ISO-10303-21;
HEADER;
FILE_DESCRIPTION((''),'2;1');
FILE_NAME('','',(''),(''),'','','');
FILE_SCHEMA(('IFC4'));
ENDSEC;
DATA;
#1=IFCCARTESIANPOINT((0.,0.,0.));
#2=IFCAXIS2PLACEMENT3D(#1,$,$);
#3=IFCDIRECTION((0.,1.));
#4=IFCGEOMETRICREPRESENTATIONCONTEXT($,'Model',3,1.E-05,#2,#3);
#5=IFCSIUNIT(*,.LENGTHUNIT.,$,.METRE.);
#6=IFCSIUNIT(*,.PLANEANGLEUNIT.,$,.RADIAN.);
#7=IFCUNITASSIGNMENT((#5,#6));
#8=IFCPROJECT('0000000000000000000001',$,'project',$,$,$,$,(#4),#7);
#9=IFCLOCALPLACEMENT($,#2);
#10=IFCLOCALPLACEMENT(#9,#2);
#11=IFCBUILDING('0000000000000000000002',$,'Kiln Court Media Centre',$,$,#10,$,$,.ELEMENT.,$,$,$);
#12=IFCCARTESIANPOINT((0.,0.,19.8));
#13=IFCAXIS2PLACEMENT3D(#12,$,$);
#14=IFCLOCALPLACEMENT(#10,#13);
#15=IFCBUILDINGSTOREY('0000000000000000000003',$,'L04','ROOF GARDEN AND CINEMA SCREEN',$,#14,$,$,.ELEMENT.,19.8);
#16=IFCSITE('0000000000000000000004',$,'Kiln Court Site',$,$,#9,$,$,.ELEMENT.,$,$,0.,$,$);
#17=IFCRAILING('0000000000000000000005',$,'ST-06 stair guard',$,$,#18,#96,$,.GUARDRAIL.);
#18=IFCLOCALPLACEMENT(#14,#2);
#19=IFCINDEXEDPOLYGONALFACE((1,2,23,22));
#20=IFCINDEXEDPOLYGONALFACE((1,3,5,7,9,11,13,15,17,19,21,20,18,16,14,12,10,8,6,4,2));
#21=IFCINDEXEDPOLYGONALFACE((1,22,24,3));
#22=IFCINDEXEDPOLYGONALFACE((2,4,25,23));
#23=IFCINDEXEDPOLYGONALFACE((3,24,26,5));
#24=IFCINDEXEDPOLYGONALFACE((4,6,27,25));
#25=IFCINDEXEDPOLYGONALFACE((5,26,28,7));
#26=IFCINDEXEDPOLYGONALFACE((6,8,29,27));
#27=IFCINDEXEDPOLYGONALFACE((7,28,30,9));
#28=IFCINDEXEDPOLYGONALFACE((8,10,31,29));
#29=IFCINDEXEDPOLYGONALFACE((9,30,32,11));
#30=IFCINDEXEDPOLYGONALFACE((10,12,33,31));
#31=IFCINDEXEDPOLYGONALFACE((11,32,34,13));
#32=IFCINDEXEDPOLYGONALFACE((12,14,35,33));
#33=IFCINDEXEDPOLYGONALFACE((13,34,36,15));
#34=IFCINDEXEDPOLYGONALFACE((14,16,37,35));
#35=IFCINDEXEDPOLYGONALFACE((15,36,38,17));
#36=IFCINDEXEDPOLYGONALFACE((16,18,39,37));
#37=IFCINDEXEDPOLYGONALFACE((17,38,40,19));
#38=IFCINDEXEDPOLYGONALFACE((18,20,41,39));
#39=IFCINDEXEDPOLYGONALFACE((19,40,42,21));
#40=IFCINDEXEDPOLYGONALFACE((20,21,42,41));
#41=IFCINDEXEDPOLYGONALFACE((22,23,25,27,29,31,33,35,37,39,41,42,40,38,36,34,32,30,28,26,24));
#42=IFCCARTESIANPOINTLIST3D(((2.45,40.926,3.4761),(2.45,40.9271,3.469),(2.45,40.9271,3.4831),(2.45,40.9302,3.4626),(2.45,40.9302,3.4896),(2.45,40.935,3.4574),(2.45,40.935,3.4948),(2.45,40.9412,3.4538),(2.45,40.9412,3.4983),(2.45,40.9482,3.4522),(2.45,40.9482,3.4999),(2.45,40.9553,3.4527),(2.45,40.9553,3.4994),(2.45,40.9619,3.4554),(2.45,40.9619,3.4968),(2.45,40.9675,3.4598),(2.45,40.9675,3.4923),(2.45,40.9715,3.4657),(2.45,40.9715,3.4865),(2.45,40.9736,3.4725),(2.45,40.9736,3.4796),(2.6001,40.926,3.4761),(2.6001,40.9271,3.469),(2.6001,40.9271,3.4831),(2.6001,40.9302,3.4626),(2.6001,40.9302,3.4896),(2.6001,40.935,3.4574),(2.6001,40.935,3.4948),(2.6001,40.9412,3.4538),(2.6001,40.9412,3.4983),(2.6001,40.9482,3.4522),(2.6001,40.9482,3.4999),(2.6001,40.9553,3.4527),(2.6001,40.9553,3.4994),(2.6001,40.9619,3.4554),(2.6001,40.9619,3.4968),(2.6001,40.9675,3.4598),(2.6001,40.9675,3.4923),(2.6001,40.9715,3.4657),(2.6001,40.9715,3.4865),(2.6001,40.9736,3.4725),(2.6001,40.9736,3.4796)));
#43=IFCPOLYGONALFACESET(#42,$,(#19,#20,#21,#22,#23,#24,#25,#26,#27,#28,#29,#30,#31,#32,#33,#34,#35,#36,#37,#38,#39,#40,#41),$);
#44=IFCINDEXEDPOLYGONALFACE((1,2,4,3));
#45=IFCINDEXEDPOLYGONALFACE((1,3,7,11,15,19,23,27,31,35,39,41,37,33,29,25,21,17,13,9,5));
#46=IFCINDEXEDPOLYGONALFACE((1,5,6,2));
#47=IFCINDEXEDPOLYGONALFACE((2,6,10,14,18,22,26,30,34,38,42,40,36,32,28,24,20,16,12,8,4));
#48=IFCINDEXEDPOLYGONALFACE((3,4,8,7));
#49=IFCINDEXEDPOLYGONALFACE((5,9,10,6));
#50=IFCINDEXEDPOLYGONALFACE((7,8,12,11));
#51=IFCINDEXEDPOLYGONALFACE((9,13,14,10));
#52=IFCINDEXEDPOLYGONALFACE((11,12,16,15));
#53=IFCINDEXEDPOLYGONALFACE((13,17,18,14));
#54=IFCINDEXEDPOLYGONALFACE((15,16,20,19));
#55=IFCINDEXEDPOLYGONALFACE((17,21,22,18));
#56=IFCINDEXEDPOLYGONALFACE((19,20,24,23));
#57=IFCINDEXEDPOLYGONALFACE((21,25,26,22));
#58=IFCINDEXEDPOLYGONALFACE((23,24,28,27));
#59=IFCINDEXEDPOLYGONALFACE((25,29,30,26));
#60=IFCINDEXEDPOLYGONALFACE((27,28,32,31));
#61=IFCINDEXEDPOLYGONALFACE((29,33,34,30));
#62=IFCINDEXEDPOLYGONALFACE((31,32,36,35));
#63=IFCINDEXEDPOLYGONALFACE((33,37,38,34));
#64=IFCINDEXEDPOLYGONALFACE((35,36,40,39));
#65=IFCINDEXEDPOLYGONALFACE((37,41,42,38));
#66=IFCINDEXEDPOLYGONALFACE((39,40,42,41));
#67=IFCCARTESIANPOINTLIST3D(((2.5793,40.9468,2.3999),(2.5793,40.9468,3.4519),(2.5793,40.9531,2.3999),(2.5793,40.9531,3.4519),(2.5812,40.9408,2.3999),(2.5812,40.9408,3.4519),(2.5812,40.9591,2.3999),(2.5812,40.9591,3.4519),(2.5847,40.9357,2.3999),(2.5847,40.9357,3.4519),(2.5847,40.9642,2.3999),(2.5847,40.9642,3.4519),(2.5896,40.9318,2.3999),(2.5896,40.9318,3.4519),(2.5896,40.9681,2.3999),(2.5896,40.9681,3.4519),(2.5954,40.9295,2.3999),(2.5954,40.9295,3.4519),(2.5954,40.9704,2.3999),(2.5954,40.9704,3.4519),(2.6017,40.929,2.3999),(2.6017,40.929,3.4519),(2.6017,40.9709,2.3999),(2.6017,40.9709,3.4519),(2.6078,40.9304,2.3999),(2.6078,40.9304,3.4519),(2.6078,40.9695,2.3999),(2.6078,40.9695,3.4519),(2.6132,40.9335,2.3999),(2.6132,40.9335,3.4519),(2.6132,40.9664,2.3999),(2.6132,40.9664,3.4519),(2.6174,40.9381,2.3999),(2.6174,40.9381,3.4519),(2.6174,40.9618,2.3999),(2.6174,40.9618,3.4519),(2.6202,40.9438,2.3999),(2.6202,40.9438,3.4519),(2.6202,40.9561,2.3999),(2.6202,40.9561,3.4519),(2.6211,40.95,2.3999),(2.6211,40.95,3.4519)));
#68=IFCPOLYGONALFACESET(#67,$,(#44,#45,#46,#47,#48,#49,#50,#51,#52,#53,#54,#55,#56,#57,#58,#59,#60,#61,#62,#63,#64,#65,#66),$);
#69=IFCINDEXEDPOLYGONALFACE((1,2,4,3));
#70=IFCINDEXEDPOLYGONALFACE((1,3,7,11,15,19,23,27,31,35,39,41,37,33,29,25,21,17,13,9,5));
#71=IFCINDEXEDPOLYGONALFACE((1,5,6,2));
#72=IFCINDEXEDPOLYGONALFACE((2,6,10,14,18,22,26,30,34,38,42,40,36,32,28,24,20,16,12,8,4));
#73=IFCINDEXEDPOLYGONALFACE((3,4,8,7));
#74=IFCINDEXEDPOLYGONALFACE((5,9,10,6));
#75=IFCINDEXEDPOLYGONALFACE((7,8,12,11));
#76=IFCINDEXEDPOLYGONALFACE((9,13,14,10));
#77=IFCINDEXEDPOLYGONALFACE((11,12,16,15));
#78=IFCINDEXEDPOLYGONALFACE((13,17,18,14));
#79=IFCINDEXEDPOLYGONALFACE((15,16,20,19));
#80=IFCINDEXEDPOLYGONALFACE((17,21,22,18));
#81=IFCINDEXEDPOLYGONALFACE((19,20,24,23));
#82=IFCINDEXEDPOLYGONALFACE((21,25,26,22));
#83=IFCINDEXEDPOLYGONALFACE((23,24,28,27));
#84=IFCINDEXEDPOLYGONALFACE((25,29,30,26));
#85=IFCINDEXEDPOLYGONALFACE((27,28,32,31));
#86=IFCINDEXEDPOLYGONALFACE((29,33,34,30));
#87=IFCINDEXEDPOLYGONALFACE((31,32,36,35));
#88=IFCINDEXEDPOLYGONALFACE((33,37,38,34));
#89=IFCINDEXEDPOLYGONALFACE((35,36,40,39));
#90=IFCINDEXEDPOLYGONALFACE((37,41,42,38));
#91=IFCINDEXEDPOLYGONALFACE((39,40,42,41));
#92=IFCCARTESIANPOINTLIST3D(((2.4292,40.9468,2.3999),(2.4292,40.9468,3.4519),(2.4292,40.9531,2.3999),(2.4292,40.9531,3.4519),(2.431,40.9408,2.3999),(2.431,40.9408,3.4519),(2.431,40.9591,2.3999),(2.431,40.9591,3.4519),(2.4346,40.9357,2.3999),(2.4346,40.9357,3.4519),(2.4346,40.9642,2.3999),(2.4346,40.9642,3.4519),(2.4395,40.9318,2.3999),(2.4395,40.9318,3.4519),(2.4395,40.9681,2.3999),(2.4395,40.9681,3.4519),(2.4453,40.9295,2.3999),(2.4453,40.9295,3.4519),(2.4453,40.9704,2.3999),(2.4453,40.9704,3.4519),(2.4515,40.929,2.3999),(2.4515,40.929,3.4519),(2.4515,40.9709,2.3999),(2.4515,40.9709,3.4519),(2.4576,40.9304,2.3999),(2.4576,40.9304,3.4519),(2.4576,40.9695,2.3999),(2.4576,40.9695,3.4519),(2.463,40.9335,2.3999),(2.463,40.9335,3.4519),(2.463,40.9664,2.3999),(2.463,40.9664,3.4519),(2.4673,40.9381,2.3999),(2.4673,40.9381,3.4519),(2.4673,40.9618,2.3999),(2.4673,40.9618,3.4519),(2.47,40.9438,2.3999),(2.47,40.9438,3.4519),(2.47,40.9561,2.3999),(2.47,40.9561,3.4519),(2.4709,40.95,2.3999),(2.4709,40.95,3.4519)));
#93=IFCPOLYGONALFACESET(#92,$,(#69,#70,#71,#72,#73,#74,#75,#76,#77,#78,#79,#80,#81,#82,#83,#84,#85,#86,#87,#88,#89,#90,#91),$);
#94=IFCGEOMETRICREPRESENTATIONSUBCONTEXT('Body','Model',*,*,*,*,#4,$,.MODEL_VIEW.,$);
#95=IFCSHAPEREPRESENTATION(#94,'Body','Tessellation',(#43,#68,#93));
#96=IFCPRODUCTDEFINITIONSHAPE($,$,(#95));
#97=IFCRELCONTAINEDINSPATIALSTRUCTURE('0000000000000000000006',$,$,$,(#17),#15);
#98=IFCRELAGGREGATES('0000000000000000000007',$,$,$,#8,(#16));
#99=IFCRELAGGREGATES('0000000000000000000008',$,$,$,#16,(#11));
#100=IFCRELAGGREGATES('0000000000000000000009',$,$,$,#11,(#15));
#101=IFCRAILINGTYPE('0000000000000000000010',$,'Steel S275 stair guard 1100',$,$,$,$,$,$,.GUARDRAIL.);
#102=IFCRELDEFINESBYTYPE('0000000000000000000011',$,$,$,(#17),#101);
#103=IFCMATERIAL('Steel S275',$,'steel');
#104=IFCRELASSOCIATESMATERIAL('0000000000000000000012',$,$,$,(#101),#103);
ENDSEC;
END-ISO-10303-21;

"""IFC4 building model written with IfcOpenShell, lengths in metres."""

from ifc_helpers import new_model, si_unit, direction, frame, origin, origin_2d, place, context, subcontext, project, spatial, circle, extrude, material, type_object, element, save


model = new_model("IFC4")

# Units and contexts
model_context = context("Model", 3, precision=1e-05, world=origin(), true_north=direction((0.0, 1.0)))
body_context = subcontext(model_context, "Body", "Model", "MODEL_VIEW")
ifc_project = project(units=[si_unit("LENGTHUNIT", "METRE"), si_unit("PLANEANGLEUNIT", "RADIAN")], contexts=[model_context])

# Site, building, storey
site_placement = place(None, origin())
site = spatial("IfcSite", under=ifc_project, at=site_placement, Name="Kiln Court Site", CompositionType="ELEMENT", RefElevation=0.0)
building_placement = place(site_placement, origin())
building = spatial("IfcBuilding", under=site, at=building_placement, Name="Kiln Court Media Centre", CompositionType="ELEMENT")
storey_placement = place(building_placement, frame((0.0, 0.0, 19.8)))
storey = spatial("IfcBuildingStorey", under=building, at=storey_placement, Name="L04", Description="ROOF GARDEN AND CINEMA SCREEN", CompositionType="ELEMENT", Elevation=19.8)

# Railing
ifc_material_1 = material(Name="Steel S275", Category="steel")
railing_type_1 = type_object("IfcRailingType", Name="Steel S275 stair guard 1100", PredefinedType="GUARDRAIL", material=ifc_material_1)
railing_1_placement = place(storey_placement, frame((2.6001, 40.95, 2.3999)))
element("IfcRailing", 1, at=railing_1_placement, inside=storey, type_object=railing_type_1, Name="ST-06 stair guard", PredefinedType="GUARDRAIL", context=body_context, shape_type="SweptSolid", body=[
    extrude(circle(Radius=0.0239, at=origin_2d()), frame((0.0, 0.0, 1.0762), z_axis=(-1.0, 0.0, 0.0), x_axis=(0.0, -1.0, 0.0)), (0.0, 0.0, 1.0), 0.1501),
    extrude(circle(Radius=0.021, at=origin_2d()), origin(), (0.0, 0.0, 1.0), 1.052),
    extrude(circle(Radius=0.021, at=origin_2d()), frame((-0.1501, 0.0, 0.0)), (0.0, 0.0, 1.0), 1.052),
])

save(model, "model.ifc")
